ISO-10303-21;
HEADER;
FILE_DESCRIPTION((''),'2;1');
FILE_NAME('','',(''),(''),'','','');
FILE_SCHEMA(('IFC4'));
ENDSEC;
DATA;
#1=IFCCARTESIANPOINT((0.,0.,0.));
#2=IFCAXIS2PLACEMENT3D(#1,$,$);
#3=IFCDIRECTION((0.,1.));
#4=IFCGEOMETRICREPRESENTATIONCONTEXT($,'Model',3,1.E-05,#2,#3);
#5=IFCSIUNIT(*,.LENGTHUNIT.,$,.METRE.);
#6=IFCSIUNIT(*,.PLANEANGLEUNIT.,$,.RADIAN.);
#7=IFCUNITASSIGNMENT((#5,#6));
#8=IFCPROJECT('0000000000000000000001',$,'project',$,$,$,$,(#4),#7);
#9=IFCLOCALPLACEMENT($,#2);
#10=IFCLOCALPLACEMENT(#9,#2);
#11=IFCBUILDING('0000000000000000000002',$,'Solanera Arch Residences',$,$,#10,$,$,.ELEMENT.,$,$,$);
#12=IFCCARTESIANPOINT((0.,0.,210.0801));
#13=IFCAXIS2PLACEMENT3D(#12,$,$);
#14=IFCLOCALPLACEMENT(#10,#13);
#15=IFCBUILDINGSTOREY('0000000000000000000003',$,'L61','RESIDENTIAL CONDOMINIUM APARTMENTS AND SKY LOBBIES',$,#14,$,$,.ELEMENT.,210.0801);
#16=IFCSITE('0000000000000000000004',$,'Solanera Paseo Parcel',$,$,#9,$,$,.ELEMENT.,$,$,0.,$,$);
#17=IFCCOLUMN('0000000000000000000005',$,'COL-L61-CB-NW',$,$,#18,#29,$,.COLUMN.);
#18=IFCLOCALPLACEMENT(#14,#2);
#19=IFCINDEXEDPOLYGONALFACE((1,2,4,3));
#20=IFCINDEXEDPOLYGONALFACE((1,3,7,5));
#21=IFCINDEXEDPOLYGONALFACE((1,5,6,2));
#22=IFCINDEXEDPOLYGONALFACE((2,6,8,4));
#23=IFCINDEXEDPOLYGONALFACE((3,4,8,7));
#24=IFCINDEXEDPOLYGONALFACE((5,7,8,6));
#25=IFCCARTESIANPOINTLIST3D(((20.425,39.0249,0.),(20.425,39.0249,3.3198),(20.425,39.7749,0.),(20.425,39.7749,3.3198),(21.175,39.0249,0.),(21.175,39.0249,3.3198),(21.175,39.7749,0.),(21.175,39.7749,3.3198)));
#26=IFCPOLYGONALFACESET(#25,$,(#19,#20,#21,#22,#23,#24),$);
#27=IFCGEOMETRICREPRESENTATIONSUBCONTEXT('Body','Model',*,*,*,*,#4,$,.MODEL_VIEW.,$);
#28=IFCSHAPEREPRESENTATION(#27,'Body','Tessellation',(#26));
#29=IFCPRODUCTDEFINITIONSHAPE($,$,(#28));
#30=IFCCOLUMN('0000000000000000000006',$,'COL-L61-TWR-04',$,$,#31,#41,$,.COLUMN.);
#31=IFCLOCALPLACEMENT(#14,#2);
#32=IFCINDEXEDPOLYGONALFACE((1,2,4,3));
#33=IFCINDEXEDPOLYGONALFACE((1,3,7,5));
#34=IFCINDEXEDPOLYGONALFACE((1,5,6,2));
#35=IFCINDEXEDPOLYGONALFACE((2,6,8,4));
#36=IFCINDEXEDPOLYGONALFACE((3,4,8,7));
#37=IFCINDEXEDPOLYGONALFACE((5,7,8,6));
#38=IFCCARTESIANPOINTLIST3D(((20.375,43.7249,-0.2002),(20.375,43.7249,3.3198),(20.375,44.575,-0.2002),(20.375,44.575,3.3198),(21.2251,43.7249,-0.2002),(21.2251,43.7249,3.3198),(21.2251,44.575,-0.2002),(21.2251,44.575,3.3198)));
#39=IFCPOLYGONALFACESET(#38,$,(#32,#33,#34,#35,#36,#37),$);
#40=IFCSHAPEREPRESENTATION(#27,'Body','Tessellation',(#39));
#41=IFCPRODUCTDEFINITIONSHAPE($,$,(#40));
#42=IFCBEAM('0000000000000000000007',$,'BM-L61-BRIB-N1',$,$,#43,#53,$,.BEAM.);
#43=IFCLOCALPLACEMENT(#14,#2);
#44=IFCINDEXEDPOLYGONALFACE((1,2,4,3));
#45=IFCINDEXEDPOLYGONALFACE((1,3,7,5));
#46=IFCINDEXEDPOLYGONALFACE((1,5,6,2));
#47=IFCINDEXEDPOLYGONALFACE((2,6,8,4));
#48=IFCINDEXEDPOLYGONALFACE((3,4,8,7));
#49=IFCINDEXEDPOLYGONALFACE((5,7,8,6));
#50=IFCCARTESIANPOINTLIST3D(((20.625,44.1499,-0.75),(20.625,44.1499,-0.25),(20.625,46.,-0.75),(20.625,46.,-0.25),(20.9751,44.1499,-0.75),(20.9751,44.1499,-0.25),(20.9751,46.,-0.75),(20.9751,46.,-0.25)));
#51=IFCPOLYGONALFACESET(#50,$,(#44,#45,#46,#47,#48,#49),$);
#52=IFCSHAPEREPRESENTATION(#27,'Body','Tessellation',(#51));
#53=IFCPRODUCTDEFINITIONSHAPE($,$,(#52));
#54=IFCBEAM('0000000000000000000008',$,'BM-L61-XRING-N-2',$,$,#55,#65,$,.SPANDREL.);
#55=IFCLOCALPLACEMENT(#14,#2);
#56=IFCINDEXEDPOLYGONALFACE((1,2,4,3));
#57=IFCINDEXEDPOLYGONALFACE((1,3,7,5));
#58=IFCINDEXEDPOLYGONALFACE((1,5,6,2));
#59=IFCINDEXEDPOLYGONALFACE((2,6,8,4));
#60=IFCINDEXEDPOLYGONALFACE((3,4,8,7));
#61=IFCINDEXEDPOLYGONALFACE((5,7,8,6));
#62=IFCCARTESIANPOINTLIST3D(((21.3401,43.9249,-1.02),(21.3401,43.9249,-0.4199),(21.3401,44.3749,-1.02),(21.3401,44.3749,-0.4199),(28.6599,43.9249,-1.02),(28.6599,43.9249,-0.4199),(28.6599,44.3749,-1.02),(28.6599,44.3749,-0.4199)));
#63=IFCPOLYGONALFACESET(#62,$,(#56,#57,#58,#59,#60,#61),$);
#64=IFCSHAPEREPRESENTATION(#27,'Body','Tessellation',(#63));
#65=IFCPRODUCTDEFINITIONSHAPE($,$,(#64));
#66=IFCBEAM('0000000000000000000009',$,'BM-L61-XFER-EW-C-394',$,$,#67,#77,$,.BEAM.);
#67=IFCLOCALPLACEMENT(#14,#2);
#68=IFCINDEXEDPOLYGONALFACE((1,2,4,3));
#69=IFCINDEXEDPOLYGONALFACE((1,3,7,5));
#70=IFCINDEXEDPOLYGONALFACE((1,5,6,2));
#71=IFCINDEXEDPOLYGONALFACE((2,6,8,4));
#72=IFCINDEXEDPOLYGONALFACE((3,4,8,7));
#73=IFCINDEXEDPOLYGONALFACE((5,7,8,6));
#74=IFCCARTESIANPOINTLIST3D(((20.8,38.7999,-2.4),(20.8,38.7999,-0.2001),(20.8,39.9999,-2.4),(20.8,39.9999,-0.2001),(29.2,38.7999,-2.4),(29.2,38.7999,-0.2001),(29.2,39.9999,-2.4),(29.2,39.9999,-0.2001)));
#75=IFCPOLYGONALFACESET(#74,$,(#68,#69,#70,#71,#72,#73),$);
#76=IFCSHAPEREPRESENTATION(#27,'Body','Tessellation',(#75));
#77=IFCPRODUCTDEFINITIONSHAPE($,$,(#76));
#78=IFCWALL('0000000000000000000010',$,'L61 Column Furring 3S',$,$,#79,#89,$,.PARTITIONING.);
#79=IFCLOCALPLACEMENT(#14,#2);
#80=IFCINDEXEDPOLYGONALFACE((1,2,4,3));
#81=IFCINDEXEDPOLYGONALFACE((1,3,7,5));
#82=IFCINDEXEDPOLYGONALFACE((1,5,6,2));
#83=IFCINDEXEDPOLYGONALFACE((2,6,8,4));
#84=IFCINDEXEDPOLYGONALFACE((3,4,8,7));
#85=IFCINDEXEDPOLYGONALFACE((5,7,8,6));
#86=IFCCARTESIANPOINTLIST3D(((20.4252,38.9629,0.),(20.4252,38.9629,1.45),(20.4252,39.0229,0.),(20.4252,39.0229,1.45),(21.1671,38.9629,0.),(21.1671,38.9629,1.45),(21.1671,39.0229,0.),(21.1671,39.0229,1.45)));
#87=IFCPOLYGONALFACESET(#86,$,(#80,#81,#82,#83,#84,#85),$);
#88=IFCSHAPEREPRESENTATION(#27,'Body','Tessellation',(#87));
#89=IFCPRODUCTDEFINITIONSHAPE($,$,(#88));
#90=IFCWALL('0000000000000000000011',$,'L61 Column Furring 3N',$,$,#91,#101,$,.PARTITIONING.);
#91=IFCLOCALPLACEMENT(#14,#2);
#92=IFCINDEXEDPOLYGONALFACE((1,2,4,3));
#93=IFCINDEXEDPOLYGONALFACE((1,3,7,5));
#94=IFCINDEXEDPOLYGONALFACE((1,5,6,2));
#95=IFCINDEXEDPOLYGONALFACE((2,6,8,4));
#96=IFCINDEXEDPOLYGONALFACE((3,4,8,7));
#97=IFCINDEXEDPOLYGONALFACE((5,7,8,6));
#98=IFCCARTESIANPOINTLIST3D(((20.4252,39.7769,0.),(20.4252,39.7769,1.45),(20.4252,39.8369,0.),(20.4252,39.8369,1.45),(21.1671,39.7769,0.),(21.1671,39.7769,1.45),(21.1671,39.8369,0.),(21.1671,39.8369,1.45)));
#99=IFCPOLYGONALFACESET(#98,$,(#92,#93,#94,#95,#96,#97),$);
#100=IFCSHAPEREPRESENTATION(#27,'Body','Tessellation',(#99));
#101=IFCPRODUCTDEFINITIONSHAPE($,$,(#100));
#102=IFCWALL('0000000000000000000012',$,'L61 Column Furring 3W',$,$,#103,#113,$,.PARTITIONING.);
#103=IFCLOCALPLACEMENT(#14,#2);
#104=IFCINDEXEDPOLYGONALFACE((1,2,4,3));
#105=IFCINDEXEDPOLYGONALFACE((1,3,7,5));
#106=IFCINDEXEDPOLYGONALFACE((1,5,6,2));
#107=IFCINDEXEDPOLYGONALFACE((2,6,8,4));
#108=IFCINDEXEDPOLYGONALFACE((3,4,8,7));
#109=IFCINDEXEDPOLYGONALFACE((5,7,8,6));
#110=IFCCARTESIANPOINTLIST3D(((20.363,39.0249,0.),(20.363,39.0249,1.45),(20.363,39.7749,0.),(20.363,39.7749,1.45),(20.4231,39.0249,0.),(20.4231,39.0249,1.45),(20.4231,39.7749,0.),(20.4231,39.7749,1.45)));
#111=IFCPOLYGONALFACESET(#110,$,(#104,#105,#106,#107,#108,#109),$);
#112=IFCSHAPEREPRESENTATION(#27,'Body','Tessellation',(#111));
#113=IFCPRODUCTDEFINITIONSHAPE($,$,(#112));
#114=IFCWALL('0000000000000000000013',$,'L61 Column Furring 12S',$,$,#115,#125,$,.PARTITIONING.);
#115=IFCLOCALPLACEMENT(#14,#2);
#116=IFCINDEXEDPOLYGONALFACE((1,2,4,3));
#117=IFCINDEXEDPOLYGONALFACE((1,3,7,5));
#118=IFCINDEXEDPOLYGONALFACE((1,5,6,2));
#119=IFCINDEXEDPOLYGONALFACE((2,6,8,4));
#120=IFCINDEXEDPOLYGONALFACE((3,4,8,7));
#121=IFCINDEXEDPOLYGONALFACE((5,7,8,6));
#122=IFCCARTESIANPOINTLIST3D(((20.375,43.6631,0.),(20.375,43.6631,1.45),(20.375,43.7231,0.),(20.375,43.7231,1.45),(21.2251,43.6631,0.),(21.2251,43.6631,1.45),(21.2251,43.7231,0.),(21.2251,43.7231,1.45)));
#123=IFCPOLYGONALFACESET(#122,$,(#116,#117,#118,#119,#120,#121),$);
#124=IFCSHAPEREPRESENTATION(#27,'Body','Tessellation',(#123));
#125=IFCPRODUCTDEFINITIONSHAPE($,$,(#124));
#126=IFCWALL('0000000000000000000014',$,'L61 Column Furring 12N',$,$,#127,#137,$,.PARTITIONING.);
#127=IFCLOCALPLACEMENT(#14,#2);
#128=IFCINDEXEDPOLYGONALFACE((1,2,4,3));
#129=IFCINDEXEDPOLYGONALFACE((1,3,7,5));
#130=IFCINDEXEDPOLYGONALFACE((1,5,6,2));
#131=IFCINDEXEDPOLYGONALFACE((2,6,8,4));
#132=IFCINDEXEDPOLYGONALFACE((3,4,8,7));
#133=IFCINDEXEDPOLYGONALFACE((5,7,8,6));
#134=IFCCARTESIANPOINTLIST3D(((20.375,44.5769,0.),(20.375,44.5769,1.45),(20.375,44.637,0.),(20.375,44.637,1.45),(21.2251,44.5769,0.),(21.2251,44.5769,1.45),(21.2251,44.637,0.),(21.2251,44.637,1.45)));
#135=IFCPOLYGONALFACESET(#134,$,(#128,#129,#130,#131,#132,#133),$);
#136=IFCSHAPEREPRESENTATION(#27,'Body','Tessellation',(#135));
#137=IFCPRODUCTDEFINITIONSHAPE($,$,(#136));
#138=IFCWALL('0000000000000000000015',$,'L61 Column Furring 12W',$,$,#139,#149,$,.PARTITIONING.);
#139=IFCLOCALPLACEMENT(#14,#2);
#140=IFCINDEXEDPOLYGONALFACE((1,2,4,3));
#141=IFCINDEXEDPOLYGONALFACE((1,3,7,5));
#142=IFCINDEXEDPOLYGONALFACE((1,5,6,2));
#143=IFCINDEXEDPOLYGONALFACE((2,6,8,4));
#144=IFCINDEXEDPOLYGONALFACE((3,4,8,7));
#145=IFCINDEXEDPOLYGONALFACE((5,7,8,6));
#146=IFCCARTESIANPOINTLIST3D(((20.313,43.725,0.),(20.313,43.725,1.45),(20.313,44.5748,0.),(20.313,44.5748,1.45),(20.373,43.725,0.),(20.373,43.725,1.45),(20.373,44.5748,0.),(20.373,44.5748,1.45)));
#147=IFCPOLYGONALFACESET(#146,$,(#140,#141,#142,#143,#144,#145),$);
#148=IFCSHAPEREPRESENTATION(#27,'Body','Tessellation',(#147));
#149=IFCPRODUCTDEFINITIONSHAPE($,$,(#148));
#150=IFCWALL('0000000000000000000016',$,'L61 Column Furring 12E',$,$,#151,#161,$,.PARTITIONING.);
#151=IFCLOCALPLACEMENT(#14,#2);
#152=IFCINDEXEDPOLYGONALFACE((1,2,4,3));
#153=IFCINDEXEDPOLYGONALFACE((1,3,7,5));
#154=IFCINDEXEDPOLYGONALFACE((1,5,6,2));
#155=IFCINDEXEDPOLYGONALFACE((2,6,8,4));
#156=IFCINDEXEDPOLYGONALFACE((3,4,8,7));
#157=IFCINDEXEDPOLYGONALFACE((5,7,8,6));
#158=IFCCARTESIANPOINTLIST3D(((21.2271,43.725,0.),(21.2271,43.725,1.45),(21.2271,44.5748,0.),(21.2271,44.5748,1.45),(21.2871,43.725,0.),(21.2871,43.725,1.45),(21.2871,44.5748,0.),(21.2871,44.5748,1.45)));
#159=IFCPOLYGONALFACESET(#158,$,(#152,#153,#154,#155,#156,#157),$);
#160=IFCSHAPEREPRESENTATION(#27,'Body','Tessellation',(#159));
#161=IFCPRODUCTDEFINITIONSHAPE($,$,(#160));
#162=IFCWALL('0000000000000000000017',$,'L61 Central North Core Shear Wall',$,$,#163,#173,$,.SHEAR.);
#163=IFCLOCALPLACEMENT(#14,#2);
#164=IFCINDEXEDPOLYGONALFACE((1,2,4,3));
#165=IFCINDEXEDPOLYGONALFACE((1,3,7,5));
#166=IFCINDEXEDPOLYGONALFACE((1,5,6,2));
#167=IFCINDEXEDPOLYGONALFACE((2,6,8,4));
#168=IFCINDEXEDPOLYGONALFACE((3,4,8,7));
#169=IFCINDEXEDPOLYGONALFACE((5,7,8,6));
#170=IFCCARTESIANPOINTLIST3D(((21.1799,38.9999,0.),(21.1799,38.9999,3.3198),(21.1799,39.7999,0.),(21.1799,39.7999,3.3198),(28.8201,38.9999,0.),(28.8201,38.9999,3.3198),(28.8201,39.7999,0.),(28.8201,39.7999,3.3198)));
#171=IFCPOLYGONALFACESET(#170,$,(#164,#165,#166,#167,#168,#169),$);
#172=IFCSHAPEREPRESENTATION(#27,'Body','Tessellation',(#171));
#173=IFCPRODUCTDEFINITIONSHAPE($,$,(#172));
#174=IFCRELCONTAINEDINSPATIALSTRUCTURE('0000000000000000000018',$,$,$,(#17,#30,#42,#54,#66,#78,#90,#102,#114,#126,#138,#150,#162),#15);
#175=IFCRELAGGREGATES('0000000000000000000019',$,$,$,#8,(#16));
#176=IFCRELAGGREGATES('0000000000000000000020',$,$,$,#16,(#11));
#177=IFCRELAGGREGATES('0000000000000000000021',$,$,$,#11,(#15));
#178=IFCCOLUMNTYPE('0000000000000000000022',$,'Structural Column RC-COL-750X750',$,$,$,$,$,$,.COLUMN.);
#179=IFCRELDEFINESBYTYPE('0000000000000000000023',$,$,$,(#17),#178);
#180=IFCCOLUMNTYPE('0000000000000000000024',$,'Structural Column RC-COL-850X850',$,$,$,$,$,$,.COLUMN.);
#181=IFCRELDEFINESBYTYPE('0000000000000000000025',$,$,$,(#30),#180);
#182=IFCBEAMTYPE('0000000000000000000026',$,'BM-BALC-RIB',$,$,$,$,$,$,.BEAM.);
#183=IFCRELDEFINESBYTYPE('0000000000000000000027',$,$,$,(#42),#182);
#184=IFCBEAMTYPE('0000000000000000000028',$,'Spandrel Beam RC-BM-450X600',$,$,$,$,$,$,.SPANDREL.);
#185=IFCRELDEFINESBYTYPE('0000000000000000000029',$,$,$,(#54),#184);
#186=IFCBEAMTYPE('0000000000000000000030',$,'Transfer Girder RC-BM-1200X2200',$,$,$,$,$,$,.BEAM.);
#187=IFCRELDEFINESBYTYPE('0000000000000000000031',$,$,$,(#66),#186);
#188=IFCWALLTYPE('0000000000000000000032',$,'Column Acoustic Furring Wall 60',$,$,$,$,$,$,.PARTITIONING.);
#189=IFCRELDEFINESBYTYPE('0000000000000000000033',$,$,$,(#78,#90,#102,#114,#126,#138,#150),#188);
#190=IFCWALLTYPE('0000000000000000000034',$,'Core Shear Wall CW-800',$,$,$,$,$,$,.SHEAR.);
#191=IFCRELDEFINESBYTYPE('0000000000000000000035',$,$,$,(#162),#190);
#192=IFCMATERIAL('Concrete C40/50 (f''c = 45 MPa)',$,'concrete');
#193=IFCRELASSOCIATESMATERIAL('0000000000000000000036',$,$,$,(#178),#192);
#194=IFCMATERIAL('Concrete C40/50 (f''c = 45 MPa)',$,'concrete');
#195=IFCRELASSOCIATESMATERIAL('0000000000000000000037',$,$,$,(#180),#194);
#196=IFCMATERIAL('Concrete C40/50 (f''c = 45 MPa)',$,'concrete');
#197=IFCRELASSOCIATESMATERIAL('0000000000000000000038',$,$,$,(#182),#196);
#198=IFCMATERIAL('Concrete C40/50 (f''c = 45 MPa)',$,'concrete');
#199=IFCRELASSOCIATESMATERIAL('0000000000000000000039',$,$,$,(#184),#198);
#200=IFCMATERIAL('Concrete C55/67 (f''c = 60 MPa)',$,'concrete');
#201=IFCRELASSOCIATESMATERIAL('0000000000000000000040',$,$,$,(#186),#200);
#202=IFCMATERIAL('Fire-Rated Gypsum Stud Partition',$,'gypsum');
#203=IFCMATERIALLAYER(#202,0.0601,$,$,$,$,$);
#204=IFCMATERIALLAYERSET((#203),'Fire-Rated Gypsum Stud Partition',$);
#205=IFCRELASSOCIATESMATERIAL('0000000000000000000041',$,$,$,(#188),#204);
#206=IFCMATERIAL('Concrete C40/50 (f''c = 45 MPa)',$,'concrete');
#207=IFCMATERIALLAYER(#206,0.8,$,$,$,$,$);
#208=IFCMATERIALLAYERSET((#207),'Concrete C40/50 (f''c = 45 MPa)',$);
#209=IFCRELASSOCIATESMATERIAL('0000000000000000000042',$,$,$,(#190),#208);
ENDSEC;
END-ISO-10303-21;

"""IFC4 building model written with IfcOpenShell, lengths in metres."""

from ifc_helpers import new_model, si_unit, direction, frame, frame_2d, origin, origin_2d, place, context, subcontext, project, spatial, rectangle, extrude, material, layer, layer_set, material_profile, profile_set, type_object, element, save


model = new_model("IFC4")

# Units and contexts
model_context = context("Model", 3, precision=1e-05, world=origin(), true_north=direction((0.0, 1.0)))
body_context = subcontext(model_context, "Body", "Model", "MODEL_VIEW")
ifc_project = project(units=[si_unit("LENGTHUNIT", "METRE"), si_unit("PLANEANGLEUNIT", "RADIAN")], contexts=[model_context])

# Site, building, storey
site_placement = place(None, origin())
site = spatial("IfcSite", under=ifc_project, at=site_placement, Name="Solanera Paseo Parcel", CompositionType="ELEMENT", RefElevation=0.0)
building_placement = place(site_placement, origin())
building = spatial("IfcBuilding", under=site, at=building_placement, Name="Solanera Arch Residences", CompositionType="ELEMENT")
storey_placement = place(building_placement, frame((0.0, 0.0, 210.0801)))
storey = spatial("IfcBuildingStorey", under=building, at=storey_placement, Name="L61", Description="RESIDENTIAL CONDOMINIUM APARTMENTS AND SKY LOBBIES", CompositionType="ELEMENT", Elevation=210.0801)

# Columns
ifc_material_1 = material(Name="Concrete C40/50 (f'c = 45 MPa)", Category="concrete")
ifc_material_profile_1 = material_profile(ifc_material_1, rectangle(XDim=0.75, YDim=0.75, at=origin_2d()))
ifc_profile_set_1 = profile_set([ifc_material_profile_1], Name="Concrete C40/50 (f'c = 45 MPa)")
column_type_1 = type_object("IfcColumnType", Name="Structural Column RC-COL-750X750", PredefinedType="COLUMN", material=ifc_profile_set_1)
column_1_placement = place(storey_placement, frame((20.8, 39.3999, 0.0), z_axis=(0.0, 0.0, 1.0), x_axis=(1.0, 0.0, 0.0)))
element("IfcColumn", 1, at=column_1_placement, inside=storey, type_object=column_type_1, Name="COL-L61-CB-NW", PredefinedType="COLUMN", context=body_context, shape_type="SweptSolid", body=[
    extrude(rectangle(XDim=0.75, YDim=0.75, at=origin_2d()), origin(), (0.0, 0.0, 1.0), 3.3198),
])
ifc_material_2 = material(Name="Concrete C40/50 (f'c = 45 MPa)", Category="concrete")
ifc_material_profile_2 = material_profile(ifc_material_2, rectangle(XDim=0.8501, YDim=0.8501, at=origin_2d()))
ifc_profile_set_2 = profile_set([ifc_material_profile_2], Name="Concrete C40/50 (f'c = 45 MPa)")
column_type_2 = type_object("IfcColumnType", Name="Structural Column RC-COL-850X850", PredefinedType="COLUMN", material=ifc_profile_set_2)
column_2_placement = place(storey_placement, frame((20.8, 44.1499, -0.2002), z_axis=(0.0, 0.0, 1.0), x_axis=(1.0, 0.0, 0.0)))
element("IfcColumn", 2, at=column_2_placement, inside=storey, type_object=column_type_2, Name="COL-L61-TWR-04", PredefinedType="COLUMN", context=body_context, shape_type="SweptSolid", body=[
    extrude(rectangle(XDim=0.8501, YDim=0.8501, at=origin_2d()), origin(), (0.0, 0.0, 1.0), 3.52),
])

# Beams
ifc_material_3 = material(Name="Concrete C40/50 (f'c = 45 MPa)", Category="concrete")
ifc_material_profile_3 = material_profile(ifc_material_3, rectangle(XDim=0.3501, YDim=0.5, at=origin_2d()))
ifc_profile_set_3 = profile_set([ifc_material_profile_3], Name="Concrete C40/50 (f'c = 45 MPa)")
beam_type_1 = type_object("IfcBeamType", Name="BM-BALC-RIB", PredefinedType="BEAM", material=ifc_profile_set_3)
beam_1_placement = place(storey_placement, frame((20.8, 44.1499, -0.5), z_axis=(0.0, 1.0, 0.0), x_axis=(-1.0, 0.0, 0.0)))
element("IfcBeam", 3, at=beam_1_placement, inside=storey, type_object=beam_type_1, Name="BM-L61-BRIB-N1", PredefinedType="BEAM", context=body_context, shape_type="SweptSolid", body=[
    extrude(rectangle(XDim=0.3501, YDim=0.5, at=origin_2d()), origin(), (0.0, 0.0, 1.0), 1.8501),
])
ifc_material_4 = material(Name="Concrete C40/50 (f'c = 45 MPa)", Category="concrete")
ifc_material_profile_4 = material_profile(ifc_material_4, rectangle(XDim=0.45, YDim=0.6001, at=origin_2d()))
ifc_profile_set_4 = profile_set([ifc_material_profile_4], Name="Concrete C40/50 (f'c = 45 MPa)")
beam_type_2 = type_object("IfcBeamType", Name="Spandrel Beam RC-BM-450X600", PredefinedType="SPANDREL", material=ifc_profile_set_4)
beam_2_placement = place(storey_placement, frame((21.3401, 44.1499, -0.72), z_axis=(1.0, 0.0, 0.0), x_axis=(0.0, 1.0, 0.0)))
element("IfcBeam", 4, at=beam_2_placement, inside=storey, type_object=beam_type_2, Name="BM-L61-XRING-N-2", PredefinedType="SPANDREL", context=body_context, shape_type="SweptSolid", body=[
    extrude(rectangle(XDim=0.45, YDim=0.6001, at=origin_2d()), origin(), (0.0, 0.0, 1.0), 7.3198),
])
ifc_material_5 = material(Name="Concrete C55/67 (f'c = 60 MPa)", Category="concrete")
ifc_material_profile_5 = material_profile(ifc_material_5, rectangle(XDim=1.2, YDim=2.2, at=origin_2d()))
ifc_profile_set_5 = profile_set([ifc_material_profile_5], Name="Concrete C55/67 (f'c = 60 MPa)")
beam_type_3 = type_object("IfcBeamType", Name="Transfer Girder RC-BM-1200X2200", PredefinedType="BEAM", material=ifc_profile_set_5)
beam_3_placement = place(storey_placement, frame((20.8, 39.3999, -1.3), z_axis=(1.0, 0.0, 0.0), x_axis=(0.0, 1.0, 0.0)))
element("IfcBeam", 5, at=beam_3_placement, inside=storey, type_object=beam_type_3, Name="BM-L61-XFER-EW-C-394", PredefinedType="BEAM", context=body_context, shape_type="SweptSolid", body=[
    extrude(rectangle(XDim=1.2, YDim=2.2, at=origin_2d()), origin(), (0.0, 0.0, 1.0), 8.3999),
])

# Walls
ifc_material_6 = material(Name="Fire-Rated Gypsum Stud Partition", Category="gypsum")
ifc_layer_1 = layer(ifc_material_6, 0.0601)
ifc_layer_set_1 = layer_set([ifc_layer_1], Name="Fire-Rated Gypsum Stud Partition")
wall_type_1 = type_object("IfcWallType", Name="Column Acoustic Furring Wall 60", PredefinedType="PARTITIONING", material=ifc_layer_set_1)
for number, where, z_axis, x_axis, name in (
    (6, (20.425, 38.9929, 0.0), (0.0, 0.0, 1.0), (1.0, 0.0, 0.0), "L61 Column Furring 3S"),
    (7, (20.425, 39.8069, 0.0), (0.0, 0.0, 1.0), (1.0, 0.0, 0.0), "L61 Column Furring 3N"),
):
    element("IfcWall", number, at=place(storey_placement, frame(where, z_axis=z_axis, x_axis=x_axis)), inside=storey, type_object=wall_type_1, Name=name, PredefinedType="PARTITIONING", context=body_context, shape_type="SweptSolid", body=[
        extrude(rectangle(XDim=0.7419, YDim=0.0601, at=frame_2d((0.3711, 0.0))), origin(), (0.0, 0.0, 1.0), 1.45),
    ])
wall_1_placement = place(storey_placement, frame((20.3931, 39.0249, 0.0), z_axis=(0.0, 0.0, 1.0), x_axis=(0.0, 1.0, 0.0)))
element("IfcWall", 8, at=wall_1_placement, inside=storey, type_object=wall_type_1, Name="L61 Column Furring 3W", PredefinedType="PARTITIONING", context=body_context, shape_type="SweptSolid", body=[
    extrude(rectangle(XDim=0.75, YDim=0.0601, at=frame_2d((0.375, 0.0))), origin(), (0.0, 0.0, 1.0), 1.45),
])
for number, where, z_axis, x_axis, name in (
    (9, (20.375, 43.6931, 0.0), (0.0, 0.0, 1.0), (1.0, 0.0, 0.0), "L61 Column Furring 12S"),
    (10, (20.375, 44.6069, 0.0), (0.0, 0.0, 1.0), (1.0, 0.0, 0.0), "L61 Column Furring 12N"),
):
    element("IfcWall", number, at=place(storey_placement, frame(where, z_axis=z_axis, x_axis=x_axis)), inside=storey, type_object=wall_type_1, Name=name, PredefinedType="PARTITIONING", context=body_context, shape_type="SweptSolid", body=[
        extrude(rectangle(XDim=0.8501, YDim=0.0601, at=frame_2d((0.425, 0.0))), origin(), (0.0, 0.0, 1.0), 1.45),
    ])
for number, where, z_axis, x_axis, name in (
    (11, (20.343, 43.7251, 0.0), (0.0, 0.0, 1.0), (0.0, 1.0, 0.0), "L61 Column Furring 12W"),
    (12, (21.2571, 43.7251, 0.0), (0.0, 0.0, 1.0), (0.0, 1.0, 0.0), "L61 Column Furring 12E"),
):
    element("IfcWall", number, at=place(storey_placement, frame(where, z_axis=z_axis, x_axis=x_axis)), inside=storey, type_object=wall_type_1, Name=name, PredefinedType="PARTITIONING", context=body_context, shape_type="SweptSolid", body=[
        extrude(rectangle(XDim=0.8499, YDim=0.0601, at=frame_2d((0.4248, 0.0))), origin(), (0.0, 0.0, 1.0), 1.45),
    ])
ifc_material_7 = material(Name="Concrete C40/50 (f'c = 45 MPa)", Category="concrete")
ifc_layer_2 = layer(ifc_material_7, 0.8)
ifc_layer_set_2 = layer_set([ifc_layer_2], Name="Concrete C40/50 (f'c = 45 MPa)")
wall_type_2 = type_object("IfcWallType", Name="Core Shear Wall CW-800", PredefinedType="SHEAR", material=ifc_layer_set_2)
wall_2_placement = place(storey_placement, frame((21.1799, 39.3999, 0.0), z_axis=(0.0, 0.0, 1.0), x_axis=(1.0, 0.0, 0.0)))
element("IfcWall", 13, at=wall_2_placement, inside=storey, type_object=wall_type_2, Name="L61 Central North Core Shear Wall", PredefinedType="SHEAR", context=body_context, shape_type="SweptSolid", body=[
    extrude(rectangle(XDim=7.6401, YDim=0.8, at=frame_2d((3.8201, 0.0))), origin(), (0.0, 0.0, 1.0), 3.3198),
])

save(model, "model.ifc")
